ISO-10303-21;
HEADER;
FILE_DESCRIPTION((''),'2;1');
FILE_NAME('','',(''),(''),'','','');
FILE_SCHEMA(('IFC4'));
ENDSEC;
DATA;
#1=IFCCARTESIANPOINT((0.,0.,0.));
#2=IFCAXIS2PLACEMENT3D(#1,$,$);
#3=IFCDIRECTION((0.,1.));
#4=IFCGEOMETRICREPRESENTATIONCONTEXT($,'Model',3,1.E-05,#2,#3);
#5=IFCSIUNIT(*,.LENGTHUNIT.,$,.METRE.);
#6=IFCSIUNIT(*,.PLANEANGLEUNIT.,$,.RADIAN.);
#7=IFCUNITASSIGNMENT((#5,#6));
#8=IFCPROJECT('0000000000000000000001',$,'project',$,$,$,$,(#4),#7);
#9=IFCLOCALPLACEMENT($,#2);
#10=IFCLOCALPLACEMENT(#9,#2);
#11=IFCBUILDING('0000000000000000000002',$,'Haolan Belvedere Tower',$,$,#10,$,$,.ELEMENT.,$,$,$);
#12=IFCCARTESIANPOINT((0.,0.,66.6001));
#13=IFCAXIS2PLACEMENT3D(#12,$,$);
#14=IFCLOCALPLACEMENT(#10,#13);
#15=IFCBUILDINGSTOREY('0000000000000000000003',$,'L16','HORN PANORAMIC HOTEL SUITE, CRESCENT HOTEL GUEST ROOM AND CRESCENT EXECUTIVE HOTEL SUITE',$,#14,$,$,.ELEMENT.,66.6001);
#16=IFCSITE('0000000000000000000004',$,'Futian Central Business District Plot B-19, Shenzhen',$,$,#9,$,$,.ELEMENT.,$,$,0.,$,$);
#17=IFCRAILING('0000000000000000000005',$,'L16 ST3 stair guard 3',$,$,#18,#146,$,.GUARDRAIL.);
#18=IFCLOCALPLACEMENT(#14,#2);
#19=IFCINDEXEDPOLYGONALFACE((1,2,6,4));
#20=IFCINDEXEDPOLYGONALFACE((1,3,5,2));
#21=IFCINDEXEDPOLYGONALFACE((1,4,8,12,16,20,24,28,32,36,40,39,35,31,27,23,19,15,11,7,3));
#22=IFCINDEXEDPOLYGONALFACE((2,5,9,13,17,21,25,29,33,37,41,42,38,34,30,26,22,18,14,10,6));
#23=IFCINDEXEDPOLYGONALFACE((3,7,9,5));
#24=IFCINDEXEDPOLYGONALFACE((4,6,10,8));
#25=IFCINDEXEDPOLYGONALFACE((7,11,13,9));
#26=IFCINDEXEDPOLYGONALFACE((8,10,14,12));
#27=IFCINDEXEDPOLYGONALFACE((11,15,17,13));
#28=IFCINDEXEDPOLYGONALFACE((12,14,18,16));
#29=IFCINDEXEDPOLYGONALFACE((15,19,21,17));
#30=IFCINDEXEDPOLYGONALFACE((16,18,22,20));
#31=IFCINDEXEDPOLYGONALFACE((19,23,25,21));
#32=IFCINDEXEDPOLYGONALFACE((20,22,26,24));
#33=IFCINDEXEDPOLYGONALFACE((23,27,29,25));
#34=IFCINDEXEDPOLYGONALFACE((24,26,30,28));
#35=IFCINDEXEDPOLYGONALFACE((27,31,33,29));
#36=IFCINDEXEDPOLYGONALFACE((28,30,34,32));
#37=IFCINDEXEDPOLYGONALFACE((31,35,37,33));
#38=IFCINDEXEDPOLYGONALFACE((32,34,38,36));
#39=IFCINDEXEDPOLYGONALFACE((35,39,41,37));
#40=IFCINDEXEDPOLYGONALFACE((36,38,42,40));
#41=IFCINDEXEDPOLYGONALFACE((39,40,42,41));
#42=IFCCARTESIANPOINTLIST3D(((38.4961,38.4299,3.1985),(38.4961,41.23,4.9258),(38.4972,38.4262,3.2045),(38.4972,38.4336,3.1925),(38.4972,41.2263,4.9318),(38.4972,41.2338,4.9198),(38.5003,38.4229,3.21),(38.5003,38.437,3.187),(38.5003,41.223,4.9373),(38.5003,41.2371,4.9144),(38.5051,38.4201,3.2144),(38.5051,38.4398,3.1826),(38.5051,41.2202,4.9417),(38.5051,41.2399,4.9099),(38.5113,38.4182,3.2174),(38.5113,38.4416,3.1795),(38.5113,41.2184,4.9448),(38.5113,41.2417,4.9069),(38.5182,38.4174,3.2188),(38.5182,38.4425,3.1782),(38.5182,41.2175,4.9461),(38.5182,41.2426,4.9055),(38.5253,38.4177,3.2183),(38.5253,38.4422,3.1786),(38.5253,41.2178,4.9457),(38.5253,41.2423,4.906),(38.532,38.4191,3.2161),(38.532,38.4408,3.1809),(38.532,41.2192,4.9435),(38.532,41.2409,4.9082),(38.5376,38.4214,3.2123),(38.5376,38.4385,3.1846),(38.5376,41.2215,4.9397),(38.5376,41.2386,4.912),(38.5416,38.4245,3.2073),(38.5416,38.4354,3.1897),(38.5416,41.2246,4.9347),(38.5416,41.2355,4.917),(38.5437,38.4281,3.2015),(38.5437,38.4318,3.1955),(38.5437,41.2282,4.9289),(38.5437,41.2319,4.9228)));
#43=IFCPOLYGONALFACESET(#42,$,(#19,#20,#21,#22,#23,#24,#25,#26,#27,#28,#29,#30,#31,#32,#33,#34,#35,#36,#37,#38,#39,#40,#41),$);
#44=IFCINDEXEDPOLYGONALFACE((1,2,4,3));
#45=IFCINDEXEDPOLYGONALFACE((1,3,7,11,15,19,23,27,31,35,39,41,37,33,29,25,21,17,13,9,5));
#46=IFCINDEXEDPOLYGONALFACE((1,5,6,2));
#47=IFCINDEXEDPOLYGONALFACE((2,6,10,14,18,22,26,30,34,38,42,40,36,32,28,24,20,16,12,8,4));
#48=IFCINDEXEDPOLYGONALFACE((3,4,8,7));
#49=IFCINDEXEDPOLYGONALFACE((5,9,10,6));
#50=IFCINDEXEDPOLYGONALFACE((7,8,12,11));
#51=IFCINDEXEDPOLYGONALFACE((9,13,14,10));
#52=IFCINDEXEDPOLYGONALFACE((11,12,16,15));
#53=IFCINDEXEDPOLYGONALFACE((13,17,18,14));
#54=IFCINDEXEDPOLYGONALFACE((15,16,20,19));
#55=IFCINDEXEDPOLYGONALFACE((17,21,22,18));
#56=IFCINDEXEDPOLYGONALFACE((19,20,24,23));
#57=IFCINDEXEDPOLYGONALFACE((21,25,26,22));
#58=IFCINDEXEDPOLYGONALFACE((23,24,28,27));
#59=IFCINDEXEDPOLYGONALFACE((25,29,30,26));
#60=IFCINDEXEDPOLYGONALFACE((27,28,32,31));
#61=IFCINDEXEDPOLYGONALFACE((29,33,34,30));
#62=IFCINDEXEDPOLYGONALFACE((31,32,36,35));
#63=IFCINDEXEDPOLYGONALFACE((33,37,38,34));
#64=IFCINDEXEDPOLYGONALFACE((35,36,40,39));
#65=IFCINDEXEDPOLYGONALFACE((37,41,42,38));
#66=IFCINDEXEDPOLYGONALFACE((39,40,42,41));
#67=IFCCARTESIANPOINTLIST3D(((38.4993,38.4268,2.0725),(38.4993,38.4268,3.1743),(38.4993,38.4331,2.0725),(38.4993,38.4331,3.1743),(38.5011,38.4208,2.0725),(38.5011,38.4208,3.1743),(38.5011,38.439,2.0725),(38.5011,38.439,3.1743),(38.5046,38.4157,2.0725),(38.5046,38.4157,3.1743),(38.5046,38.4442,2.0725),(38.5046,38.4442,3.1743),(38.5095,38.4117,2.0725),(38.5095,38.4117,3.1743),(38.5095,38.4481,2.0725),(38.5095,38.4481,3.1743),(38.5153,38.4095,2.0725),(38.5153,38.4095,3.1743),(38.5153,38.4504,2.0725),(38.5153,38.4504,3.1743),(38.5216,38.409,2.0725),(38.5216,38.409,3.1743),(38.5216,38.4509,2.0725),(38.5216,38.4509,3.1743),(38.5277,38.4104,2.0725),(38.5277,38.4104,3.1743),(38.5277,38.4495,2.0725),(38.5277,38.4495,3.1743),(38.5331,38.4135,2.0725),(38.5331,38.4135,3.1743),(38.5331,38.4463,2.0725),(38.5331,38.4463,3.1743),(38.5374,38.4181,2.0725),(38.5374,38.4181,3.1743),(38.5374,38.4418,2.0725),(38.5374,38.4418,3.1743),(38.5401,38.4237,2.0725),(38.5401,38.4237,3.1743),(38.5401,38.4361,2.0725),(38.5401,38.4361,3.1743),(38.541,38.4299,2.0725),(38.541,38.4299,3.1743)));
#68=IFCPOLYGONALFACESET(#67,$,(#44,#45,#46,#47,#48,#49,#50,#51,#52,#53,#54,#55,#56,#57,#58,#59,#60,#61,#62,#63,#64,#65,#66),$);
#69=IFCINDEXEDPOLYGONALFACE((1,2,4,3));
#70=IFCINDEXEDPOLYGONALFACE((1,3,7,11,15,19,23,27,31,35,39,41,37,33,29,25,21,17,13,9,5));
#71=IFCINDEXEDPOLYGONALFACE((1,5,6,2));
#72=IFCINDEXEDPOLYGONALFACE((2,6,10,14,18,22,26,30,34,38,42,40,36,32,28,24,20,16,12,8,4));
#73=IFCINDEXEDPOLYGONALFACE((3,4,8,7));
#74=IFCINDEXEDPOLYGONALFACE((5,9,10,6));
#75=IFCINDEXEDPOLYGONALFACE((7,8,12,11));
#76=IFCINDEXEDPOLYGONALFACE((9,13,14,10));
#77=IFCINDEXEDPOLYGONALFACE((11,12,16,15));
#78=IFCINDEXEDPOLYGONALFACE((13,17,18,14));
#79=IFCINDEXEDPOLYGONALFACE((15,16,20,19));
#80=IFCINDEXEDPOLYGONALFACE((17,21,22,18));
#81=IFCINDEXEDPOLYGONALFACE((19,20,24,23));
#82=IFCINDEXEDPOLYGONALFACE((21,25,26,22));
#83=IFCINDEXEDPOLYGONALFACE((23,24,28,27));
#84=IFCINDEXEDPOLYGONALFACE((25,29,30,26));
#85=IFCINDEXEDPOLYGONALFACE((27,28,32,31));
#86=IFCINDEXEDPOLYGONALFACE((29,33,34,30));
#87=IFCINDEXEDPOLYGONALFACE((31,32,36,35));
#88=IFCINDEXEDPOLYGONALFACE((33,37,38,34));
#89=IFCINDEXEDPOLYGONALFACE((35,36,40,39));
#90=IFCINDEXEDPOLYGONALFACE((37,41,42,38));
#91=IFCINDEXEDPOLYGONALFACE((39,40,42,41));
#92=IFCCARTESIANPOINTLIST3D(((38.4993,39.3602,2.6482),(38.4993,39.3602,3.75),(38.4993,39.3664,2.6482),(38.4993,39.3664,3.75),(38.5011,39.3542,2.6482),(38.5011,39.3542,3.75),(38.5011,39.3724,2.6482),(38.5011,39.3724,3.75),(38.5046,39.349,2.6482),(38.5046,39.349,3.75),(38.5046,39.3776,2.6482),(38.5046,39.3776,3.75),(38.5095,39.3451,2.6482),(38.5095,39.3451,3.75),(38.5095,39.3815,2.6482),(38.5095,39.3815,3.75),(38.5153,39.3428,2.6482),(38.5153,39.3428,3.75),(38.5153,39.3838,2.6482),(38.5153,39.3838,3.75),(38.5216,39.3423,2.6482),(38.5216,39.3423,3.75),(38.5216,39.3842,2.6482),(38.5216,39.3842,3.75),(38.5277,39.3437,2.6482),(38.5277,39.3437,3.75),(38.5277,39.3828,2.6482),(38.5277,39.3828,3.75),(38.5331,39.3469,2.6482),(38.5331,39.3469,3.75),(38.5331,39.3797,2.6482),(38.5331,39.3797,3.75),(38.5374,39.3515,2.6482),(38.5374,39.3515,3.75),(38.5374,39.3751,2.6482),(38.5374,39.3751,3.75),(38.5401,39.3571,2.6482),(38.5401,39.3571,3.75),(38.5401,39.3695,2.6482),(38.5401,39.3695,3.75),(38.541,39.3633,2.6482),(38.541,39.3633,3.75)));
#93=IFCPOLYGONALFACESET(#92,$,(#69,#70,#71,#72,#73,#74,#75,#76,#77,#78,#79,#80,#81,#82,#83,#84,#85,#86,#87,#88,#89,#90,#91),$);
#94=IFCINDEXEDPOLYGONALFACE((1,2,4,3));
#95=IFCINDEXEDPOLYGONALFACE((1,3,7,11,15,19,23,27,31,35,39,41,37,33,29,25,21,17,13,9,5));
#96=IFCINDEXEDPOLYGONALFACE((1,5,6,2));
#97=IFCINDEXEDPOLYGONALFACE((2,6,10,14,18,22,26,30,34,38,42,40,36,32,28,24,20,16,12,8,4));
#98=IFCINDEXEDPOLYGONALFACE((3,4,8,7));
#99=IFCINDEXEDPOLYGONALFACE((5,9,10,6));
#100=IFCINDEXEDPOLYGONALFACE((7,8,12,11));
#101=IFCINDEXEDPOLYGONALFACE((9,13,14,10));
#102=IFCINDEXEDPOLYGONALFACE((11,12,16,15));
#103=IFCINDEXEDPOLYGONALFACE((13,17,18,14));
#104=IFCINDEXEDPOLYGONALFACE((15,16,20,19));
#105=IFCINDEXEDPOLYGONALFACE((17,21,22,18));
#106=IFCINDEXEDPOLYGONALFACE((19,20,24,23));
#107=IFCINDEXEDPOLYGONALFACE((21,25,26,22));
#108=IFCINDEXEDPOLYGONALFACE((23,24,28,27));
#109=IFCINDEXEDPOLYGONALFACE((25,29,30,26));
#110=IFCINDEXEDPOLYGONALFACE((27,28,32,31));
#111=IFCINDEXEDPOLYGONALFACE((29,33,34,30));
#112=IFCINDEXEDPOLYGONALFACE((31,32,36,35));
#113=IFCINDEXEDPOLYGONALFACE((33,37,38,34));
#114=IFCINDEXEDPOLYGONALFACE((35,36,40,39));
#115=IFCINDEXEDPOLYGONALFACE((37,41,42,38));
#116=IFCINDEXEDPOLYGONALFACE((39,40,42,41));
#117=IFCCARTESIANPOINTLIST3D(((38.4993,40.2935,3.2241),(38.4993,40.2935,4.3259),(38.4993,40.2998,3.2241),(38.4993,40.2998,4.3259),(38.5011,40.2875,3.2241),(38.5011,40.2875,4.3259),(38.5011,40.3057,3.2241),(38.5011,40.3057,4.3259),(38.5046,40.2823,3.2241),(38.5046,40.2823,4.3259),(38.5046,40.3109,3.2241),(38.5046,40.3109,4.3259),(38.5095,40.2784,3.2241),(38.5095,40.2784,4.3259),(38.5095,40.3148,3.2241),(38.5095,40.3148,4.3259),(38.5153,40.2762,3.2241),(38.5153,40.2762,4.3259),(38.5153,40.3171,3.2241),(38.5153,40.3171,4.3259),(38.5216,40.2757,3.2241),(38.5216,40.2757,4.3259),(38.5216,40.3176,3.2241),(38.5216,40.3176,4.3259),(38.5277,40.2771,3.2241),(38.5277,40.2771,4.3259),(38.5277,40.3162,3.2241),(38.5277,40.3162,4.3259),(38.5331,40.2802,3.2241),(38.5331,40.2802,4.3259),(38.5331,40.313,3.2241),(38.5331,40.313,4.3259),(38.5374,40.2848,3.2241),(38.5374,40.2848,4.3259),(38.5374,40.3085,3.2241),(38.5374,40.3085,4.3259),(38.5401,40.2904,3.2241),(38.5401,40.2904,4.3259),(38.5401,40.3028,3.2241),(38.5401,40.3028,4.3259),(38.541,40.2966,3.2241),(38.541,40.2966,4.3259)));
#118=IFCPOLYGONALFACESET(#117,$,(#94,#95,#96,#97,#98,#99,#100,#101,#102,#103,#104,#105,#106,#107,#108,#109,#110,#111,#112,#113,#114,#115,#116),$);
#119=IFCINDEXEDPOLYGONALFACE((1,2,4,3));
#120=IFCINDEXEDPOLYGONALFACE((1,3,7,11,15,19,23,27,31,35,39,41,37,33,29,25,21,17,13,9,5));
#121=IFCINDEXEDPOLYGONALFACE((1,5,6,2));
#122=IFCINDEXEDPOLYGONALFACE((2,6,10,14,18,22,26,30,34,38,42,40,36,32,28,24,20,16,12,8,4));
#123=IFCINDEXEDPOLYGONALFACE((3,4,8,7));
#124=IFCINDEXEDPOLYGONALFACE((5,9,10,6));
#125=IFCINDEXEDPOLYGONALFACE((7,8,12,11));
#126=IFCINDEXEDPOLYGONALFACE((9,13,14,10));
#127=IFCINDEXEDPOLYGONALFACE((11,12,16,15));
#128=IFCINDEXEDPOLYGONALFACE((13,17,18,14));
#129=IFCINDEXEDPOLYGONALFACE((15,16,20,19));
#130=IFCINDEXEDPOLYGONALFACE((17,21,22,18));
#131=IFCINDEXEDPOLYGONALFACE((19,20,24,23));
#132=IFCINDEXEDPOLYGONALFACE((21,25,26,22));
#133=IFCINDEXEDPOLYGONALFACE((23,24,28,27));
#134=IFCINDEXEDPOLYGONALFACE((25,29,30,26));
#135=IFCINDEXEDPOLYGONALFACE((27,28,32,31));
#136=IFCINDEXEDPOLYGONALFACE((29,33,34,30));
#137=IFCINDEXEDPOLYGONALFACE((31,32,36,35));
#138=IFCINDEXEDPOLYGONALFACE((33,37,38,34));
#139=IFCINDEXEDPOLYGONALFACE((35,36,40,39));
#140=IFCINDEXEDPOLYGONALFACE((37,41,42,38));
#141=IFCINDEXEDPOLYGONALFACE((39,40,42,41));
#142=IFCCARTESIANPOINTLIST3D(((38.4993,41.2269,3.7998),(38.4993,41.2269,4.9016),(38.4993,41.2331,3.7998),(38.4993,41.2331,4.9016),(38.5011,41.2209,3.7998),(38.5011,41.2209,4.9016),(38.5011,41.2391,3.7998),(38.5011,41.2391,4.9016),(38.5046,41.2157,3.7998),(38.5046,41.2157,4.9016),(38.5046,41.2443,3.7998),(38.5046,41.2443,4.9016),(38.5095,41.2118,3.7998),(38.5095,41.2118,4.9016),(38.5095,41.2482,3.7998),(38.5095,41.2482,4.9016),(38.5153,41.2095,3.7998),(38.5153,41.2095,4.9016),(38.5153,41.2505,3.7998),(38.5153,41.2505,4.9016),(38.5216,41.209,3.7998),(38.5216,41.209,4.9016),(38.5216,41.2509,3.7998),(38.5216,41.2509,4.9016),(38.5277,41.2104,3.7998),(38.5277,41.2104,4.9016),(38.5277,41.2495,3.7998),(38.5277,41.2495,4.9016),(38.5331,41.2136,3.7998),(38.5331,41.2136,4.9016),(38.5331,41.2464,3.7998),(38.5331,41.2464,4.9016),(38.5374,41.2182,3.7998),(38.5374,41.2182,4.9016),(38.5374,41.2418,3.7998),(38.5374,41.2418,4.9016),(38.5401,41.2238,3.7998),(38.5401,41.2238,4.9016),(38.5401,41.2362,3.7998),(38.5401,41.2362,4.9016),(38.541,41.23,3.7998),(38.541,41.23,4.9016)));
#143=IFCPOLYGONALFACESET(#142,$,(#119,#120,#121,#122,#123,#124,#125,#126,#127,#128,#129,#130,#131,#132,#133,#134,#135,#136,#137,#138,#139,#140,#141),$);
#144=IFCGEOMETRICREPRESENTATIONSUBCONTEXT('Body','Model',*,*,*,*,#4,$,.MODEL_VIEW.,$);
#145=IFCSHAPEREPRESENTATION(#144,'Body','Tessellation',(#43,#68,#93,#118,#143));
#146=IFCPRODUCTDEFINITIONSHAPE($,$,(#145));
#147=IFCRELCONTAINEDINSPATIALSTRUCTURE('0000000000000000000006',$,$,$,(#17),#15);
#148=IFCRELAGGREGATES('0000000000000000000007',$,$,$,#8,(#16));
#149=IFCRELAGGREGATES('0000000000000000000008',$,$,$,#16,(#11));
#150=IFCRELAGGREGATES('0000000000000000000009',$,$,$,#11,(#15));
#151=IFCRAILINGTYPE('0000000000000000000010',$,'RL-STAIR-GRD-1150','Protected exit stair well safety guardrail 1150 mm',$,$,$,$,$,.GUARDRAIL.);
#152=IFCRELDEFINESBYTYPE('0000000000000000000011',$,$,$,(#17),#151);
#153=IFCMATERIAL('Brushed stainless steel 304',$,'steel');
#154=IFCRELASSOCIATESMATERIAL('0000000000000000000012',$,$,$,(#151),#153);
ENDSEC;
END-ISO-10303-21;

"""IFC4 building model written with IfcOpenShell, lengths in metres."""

from ifc_helpers import new_model, si_unit, direction, frame, origin, origin_2d, place, context, subcontext, project, spatial, circle, extrude, material, type_object, element, save


model = new_model("IFC4")

# Units and contexts
model_context = context("Model", 3, precision=1e-05, world=origin(), true_north=direction((0.0, 1.0)))
body_context = subcontext(model_context, "Body", "Model", "MODEL_VIEW")
ifc_project = project(units=[si_unit("LENGTHUNIT", "METRE"), si_unit("PLANEANGLEUNIT", "RADIAN")], contexts=[model_context])

# Site, building, storey
site_placement = place(None, origin())
site = spatial("IfcSite", under=ifc_project, at=site_placement, Name="Futian Central Business District Plot B-19, Shenzhen", CompositionType="ELEMENT", RefElevation=0.0)
building_placement = place(site_placement, origin())
building = spatial("IfcBuilding", under=site, at=building_placement, Name="Haolan Belvedere Tower", CompositionType="ELEMENT")
storey_placement = place(building_placement, frame((0.0, 0.0, 66.6001)))
storey = spatial("IfcBuildingStorey", under=building, at=storey_placement, Name="L16", Description="HORN PANORAMIC HOTEL SUITE, CRESCENT HOTEL GUEST ROOM AND CRESCENT EXECUTIVE HOTEL SUITE", CompositionType="ELEMENT", Elevation=66.6001)

# Railing
ifc_material_1 = material(Name="Brushed stainless steel 304", Category="steel")
railing_type_1 = type_object("IfcRailingType", Name="RL-STAIR-GRD-1150", Description="Protected exit stair well safety guardrail 1150 mm", PredefinedType="GUARDRAIL", material=ifc_material_1)
railing_1_placement = place(storey_placement, frame((38.52, 38.4299, 2.0725)))
element("IfcRailing", 1, at=railing_1_placement, inside=storey, type_object=railing_type_1, Name="L16 ST3 stair guard 3", PredefinedType="GUARDRAIL", context=body_context, shape_type="SweptSolid", body=[
    extrude(circle(Radius=0.0239, at=origin_2d()), frame((0.0, 0.0, 1.126), z_axis=(0.0, 0.85109, 0.52502), x_axis=(-1.0, 0.0, 0.0)), (0.0, 0.0, 1.0), 3.29),
    extrude(circle(Radius=0.021, at=origin_2d()), origin(), (0.0, 0.0, 1.0), 1.1018),
    extrude(circle(Radius=0.021, at=origin_2d()), frame((0.0, 0.9333, 0.5757)), (0.0, 0.0, 1.0), 1.1018),
    extrude(circle(Radius=0.021, at=origin_2d()), frame((0.0, 1.8667, 1.1516)), (0.0, 0.0, 1.0), 1.1018),
    extrude(circle(Radius=0.021, at=origin_2d()), frame((0.0, 2.8, 1.7273)), (0.0, 0.0, 1.0), 1.1018),
])

save(model, "model.ifc")
